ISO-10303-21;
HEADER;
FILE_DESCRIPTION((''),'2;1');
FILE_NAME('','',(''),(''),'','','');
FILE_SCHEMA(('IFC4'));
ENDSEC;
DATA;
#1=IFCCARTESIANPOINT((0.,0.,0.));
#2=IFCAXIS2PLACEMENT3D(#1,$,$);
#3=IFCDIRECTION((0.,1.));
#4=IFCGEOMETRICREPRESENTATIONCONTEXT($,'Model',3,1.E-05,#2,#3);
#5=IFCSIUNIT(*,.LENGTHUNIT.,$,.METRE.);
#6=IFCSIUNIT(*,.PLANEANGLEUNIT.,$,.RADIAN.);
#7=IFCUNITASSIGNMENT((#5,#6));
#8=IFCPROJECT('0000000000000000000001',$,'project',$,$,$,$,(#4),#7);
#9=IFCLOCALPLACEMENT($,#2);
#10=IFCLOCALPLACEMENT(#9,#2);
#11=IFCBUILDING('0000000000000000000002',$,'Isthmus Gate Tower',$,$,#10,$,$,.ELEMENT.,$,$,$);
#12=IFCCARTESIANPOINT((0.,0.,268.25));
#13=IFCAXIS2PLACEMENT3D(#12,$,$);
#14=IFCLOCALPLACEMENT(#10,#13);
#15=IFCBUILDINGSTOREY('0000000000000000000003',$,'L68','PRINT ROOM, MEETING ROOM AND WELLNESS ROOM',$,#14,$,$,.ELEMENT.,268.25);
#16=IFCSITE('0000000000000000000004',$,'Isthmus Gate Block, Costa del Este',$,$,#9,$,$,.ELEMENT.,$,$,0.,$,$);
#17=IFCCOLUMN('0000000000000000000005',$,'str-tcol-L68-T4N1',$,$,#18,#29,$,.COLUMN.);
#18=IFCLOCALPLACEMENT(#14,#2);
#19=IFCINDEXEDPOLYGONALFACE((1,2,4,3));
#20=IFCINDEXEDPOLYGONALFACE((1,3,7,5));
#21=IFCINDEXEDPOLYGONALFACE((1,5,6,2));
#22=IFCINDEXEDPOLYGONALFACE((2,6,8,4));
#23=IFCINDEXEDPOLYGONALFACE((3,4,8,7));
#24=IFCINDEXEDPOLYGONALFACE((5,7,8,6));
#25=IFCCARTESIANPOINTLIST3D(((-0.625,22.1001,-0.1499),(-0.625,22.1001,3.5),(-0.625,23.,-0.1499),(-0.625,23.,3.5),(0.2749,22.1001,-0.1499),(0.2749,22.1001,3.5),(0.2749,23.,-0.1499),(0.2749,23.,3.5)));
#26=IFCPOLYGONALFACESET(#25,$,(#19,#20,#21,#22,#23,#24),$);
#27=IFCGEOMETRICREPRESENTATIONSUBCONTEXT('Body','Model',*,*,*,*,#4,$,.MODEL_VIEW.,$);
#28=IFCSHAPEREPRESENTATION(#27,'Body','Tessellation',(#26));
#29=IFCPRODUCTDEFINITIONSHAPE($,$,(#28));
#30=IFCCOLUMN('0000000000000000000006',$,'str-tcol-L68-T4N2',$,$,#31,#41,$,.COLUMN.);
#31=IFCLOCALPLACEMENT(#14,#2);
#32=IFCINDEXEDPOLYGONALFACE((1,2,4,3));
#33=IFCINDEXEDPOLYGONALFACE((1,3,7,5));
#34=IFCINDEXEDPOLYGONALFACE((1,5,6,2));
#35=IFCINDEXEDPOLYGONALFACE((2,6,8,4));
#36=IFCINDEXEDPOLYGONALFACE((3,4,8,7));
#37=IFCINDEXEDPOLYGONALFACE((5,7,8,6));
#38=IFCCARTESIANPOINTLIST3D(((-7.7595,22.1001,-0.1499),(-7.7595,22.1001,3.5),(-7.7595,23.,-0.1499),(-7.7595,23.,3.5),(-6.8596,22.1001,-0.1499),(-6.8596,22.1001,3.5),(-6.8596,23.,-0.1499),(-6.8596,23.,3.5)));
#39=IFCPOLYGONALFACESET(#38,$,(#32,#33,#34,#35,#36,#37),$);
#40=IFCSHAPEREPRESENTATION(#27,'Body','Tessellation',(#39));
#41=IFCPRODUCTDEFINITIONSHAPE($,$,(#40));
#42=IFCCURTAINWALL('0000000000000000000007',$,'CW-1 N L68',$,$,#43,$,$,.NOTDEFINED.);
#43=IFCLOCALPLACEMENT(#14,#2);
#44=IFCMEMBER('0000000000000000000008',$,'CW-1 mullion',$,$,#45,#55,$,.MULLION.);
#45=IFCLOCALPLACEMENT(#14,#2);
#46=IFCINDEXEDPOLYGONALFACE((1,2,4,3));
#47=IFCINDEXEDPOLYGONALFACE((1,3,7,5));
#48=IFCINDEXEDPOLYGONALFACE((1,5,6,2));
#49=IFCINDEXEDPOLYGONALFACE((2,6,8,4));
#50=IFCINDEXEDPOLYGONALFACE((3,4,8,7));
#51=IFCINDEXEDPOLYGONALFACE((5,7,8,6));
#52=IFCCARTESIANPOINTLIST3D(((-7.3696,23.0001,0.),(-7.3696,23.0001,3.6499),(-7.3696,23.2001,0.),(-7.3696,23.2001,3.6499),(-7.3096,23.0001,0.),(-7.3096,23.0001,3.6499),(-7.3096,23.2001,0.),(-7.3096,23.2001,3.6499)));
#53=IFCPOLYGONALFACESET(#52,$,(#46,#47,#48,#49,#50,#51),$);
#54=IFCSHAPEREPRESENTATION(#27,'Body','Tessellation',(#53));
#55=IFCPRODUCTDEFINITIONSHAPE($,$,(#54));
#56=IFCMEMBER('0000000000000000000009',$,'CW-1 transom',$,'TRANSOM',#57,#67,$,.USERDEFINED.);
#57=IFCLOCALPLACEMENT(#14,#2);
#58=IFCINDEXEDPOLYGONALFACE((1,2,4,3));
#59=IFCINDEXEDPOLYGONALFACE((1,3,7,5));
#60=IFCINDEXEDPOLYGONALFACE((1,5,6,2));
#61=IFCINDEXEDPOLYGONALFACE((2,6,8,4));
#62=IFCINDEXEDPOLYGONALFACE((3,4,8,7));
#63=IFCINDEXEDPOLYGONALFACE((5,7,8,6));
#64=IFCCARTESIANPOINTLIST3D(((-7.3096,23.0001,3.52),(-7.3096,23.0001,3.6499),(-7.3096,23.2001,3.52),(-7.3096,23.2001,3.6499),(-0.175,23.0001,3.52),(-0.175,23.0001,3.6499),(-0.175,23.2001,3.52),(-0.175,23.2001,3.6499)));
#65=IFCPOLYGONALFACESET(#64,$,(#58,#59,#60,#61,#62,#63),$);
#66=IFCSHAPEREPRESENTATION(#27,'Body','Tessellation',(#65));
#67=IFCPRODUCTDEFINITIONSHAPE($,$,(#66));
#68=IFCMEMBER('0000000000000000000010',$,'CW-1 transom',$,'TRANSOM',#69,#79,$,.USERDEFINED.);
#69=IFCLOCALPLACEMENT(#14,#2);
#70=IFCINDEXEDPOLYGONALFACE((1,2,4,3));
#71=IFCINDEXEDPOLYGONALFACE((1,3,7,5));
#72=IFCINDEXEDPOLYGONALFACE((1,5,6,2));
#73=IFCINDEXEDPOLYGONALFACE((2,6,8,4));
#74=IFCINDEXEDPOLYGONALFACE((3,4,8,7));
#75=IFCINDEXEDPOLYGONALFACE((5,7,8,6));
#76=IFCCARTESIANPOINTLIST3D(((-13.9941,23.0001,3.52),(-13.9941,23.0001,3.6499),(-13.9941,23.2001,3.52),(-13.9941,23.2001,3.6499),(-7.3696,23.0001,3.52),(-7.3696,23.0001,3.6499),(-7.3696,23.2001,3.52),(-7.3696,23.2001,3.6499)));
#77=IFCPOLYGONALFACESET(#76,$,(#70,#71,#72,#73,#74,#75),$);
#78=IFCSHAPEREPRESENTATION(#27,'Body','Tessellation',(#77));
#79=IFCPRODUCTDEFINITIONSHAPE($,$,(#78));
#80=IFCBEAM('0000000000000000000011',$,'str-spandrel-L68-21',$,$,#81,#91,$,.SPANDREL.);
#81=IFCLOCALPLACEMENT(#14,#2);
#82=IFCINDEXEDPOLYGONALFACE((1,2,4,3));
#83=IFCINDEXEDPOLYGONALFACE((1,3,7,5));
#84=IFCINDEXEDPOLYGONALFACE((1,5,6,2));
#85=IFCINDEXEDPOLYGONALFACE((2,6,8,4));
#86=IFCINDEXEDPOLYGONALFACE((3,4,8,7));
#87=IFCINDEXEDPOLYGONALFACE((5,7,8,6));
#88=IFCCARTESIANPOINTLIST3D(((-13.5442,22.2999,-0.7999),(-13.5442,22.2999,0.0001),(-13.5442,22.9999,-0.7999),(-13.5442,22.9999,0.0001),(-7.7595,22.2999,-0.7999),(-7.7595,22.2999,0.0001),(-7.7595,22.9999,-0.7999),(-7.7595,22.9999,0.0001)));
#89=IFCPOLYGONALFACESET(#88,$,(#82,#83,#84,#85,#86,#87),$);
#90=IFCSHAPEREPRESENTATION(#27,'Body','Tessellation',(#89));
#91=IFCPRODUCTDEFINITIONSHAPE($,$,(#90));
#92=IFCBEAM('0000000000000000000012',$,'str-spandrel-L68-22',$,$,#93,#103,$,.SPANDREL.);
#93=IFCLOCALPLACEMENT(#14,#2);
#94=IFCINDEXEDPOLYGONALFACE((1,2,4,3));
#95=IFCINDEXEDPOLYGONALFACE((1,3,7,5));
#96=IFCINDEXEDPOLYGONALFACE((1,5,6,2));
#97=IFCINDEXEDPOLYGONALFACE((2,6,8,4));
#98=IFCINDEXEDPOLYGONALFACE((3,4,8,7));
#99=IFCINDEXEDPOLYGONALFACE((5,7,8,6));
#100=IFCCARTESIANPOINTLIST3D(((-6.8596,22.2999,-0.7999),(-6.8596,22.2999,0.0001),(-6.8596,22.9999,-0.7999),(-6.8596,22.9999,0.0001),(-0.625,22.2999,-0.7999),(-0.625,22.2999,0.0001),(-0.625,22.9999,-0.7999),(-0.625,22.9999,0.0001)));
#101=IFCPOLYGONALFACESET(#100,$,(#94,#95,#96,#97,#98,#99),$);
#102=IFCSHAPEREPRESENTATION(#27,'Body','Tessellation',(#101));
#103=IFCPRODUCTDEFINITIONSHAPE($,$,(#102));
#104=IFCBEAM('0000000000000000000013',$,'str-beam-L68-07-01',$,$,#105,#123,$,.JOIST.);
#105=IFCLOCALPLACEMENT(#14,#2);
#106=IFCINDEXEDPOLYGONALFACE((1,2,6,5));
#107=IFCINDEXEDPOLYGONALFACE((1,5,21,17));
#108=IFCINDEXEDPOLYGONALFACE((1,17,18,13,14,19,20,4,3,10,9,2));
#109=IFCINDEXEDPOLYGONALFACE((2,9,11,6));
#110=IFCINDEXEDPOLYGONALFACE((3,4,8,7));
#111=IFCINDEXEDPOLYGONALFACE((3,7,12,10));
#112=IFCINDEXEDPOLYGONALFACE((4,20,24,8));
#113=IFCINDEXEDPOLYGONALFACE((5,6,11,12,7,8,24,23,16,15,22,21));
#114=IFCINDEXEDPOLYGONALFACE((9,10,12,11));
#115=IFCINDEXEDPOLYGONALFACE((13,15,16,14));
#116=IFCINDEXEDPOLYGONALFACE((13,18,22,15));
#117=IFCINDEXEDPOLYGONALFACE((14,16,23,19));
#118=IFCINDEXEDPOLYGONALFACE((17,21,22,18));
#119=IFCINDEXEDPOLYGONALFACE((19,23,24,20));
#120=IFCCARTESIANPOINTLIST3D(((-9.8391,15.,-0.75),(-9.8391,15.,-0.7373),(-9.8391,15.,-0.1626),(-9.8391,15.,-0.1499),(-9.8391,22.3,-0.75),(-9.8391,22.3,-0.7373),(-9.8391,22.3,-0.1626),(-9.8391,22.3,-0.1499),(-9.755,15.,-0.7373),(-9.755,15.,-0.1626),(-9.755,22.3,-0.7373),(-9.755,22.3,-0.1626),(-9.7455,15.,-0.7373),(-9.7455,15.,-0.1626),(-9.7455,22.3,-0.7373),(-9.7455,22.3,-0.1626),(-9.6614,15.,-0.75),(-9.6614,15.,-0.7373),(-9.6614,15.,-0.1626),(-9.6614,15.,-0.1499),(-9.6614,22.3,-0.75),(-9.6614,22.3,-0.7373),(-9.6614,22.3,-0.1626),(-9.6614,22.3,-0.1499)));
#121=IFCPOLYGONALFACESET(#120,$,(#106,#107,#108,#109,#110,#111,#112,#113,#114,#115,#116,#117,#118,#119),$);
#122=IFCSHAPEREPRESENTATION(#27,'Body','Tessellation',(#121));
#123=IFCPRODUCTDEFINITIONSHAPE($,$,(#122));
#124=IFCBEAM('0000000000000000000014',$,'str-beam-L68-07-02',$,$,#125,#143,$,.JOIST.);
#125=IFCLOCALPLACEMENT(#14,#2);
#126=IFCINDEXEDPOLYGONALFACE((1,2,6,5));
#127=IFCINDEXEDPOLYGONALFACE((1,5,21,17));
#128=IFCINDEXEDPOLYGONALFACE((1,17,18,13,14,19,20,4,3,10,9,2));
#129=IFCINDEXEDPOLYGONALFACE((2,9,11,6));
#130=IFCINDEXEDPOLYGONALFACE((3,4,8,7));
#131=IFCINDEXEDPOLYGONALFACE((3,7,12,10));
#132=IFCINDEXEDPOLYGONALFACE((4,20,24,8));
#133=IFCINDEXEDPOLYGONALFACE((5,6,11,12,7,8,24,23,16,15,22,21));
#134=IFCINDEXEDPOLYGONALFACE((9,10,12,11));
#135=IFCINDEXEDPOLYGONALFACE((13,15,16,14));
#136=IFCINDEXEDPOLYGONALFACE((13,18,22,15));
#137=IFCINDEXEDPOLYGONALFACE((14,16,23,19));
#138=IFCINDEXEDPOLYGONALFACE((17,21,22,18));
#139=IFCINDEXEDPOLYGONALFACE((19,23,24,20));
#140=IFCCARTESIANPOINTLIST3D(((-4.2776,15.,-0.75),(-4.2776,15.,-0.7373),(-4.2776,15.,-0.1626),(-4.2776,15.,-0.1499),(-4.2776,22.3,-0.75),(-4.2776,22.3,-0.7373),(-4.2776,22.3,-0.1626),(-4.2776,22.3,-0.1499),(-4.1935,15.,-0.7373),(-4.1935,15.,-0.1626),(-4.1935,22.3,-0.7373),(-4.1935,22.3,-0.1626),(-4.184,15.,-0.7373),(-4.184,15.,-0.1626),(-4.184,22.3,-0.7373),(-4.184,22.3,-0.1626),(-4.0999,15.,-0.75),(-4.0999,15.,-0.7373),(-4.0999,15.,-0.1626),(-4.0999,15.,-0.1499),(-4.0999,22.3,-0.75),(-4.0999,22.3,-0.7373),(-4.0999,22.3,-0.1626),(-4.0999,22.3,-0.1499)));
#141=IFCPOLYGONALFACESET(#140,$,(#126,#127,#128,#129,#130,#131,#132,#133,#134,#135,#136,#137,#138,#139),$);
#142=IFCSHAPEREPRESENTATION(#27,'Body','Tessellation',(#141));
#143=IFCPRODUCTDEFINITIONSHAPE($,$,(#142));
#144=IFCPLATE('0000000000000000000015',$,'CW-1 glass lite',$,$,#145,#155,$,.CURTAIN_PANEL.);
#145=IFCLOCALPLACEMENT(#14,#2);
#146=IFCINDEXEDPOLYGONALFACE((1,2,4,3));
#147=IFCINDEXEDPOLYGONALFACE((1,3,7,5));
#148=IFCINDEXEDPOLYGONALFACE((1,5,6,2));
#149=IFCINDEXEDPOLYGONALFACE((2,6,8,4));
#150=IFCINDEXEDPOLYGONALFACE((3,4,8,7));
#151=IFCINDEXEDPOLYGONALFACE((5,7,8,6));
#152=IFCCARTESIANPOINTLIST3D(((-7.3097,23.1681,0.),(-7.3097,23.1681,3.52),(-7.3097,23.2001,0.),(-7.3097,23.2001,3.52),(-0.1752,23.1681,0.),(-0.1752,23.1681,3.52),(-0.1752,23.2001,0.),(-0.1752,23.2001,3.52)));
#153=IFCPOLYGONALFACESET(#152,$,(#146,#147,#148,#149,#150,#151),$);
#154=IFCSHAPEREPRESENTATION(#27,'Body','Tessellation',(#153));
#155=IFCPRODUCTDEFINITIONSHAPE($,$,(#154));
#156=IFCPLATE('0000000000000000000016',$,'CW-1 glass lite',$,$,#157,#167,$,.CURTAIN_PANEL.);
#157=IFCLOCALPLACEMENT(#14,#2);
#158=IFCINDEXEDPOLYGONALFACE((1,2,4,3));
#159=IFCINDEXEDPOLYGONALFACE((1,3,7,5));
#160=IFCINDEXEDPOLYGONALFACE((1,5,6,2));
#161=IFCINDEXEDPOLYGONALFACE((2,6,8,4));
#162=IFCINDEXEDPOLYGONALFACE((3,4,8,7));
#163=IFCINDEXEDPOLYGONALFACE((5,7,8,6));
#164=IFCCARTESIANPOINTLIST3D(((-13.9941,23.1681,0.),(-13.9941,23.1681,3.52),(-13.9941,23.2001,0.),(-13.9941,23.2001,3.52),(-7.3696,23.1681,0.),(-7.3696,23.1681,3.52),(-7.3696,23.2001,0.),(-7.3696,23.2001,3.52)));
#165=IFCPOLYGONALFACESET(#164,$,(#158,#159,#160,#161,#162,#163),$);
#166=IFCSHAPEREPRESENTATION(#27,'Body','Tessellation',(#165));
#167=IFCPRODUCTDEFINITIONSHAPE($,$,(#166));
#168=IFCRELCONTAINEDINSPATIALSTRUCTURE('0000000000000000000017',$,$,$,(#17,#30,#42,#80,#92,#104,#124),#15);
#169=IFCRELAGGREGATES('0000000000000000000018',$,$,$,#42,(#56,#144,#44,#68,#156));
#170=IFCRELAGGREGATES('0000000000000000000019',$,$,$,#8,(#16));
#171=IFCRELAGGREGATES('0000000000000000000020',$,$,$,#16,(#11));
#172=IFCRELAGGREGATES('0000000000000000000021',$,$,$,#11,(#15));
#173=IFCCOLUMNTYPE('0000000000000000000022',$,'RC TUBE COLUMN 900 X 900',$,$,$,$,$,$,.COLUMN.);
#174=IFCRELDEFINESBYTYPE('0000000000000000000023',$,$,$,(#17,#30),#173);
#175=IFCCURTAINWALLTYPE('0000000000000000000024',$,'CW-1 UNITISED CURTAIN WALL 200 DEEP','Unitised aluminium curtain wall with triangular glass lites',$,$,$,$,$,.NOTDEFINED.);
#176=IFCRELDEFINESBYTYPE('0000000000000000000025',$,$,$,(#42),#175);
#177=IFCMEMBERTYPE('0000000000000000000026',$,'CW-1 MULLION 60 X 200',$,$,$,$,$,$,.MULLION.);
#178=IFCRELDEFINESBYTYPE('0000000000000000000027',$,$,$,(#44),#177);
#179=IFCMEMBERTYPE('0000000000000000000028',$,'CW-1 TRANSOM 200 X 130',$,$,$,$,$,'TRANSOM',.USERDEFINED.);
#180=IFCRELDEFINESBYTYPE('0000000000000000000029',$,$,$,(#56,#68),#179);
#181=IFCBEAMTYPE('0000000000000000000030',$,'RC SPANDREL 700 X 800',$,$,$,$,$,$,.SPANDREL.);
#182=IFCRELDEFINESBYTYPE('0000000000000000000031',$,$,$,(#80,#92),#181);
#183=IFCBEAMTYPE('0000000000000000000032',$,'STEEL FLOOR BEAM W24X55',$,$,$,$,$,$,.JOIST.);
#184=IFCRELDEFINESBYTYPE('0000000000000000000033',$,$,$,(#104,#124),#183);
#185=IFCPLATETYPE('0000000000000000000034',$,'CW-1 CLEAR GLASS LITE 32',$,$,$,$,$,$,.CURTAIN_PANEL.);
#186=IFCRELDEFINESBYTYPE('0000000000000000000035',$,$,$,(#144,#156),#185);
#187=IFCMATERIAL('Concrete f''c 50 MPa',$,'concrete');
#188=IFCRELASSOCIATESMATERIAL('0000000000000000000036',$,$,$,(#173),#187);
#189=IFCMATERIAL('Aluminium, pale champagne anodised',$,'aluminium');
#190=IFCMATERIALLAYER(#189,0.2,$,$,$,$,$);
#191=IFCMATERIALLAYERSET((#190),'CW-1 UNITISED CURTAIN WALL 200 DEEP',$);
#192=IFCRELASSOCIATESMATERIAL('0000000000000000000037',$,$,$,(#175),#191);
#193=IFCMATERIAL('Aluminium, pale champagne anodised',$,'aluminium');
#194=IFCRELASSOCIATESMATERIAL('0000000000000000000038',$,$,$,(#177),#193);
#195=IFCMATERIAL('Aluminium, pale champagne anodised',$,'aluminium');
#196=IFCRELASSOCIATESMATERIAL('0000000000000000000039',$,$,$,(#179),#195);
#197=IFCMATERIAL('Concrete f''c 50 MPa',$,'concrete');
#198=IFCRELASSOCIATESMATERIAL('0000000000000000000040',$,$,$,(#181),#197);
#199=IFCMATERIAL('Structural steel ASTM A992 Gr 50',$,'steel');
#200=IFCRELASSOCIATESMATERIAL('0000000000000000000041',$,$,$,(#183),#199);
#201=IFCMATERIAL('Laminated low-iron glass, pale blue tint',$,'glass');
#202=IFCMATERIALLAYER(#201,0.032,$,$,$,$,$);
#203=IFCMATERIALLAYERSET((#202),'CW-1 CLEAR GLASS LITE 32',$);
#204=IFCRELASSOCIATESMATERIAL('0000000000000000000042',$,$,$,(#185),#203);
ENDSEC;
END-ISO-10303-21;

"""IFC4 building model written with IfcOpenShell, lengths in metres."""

from ifc_helpers import new_model, si_unit, direction, frame, origin, origin_2d, place, context, subcontext, project, spatial, rectangle, i_section, extrude, material, layer, layer_set, material_profile, profile_set, type_object, element, aggregate, save


model = new_model("IFC4")

# Units and contexts
model_context = context("Model", 3, precision=1e-05, world=origin(), true_north=direction((0.0, 1.0)))
body_context = subcontext(model_context, "Body", "Model", "MODEL_VIEW")
ifc_project = project(units=[si_unit("LENGTHUNIT", "METRE"), si_unit("PLANEANGLEUNIT", "RADIAN")], contexts=[model_context])

# Site, building, storey
site_placement = place(None, origin())
site = spatial("IfcSite", under=ifc_project, at=site_placement, Name="Isthmus Gate Block, Costa del Este", CompositionType="ELEMENT", RefElevation=0.0)
building_placement = place(site_placement, origin())
building = spatial("IfcBuilding", under=site, at=building_placement, Name="Isthmus Gate Tower", CompositionType="ELEMENT")
storey_placement = place(building_placement, frame((0.0, 0.0, 268.25)))
storey = spatial("IfcBuildingStorey", under=building, at=storey_placement, Name="L68", Description="PRINT ROOM, MEETING ROOM AND WELLNESS ROOM", CompositionType="ELEMENT", Elevation=268.25)

# Columns
ifc_material_1 = material(Name="Concrete f'c 50 MPa", Category="concrete")
ifc_material_profile_1 = material_profile(ifc_material_1, rectangle(XDim=0.8999, YDim=0.8999, at=origin_2d()), Name="RC 900X900")
ifc_profile_set_1 = profile_set([ifc_material_profile_1], Name="Concrete f'c 50 MPa")
column_type = type_object("IfcColumnType", Name="RC TUBE COLUMN 900 X 900", PredefinedType="COLUMN", material=ifc_profile_set_1)
for number, where, z_axis, x_axis, name in (
    (1, (-0.175, 22.55, -0.1499), (0.0, 0.0, 1.0), (-1.0, 0.0, 0.0), "str-tcol-L68-T4N1"),
    (2, (-7.3096, 22.55, -0.1499), (0.0, 0.0, 1.0), (-1.0, 0.0, 0.0), "str-tcol-L68-T4N2"),
):
    element("IfcColumn", number, at=place(storey_placement, frame(where, z_axis=z_axis, x_axis=x_axis)), inside=storey, type_object=column_type, Name=name, PredefinedType="COLUMN", context=body_context, shape_type="SweptSolid", body=[
        extrude(rectangle(XDim=0.8999, YDim=0.8999, at=origin_2d()), origin(), (0.0, 0.0, 1.0), 3.6499),
    ])

# Curtain wall, members
ifc_material_2 = material(Name="Aluminium, pale champagne anodised", Category="aluminium")
ifc_layer_1 = layer(ifc_material_2, 0.2)
ifc_layer_set_1 = layer_set([ifc_layer_1], Name="CW-1 UNITISED CURTAIN WALL 200 DEEP")
curtain_wall_type = type_object("IfcCurtainWallType", Name="CW-1 UNITISED CURTAIN WALL 200 DEEP", Description="Unitised aluminium curtain wall with triangular glass lites", PredefinedType="NOTDEFINED", material=ifc_layer_set_1)
curtain_wall_placement = place(storey_placement, origin())
curtain_wall = element("IfcCurtainWall", 3, at=curtain_wall_placement, inside=storey, type_object=curtain_wall_type, Name="CW-1 N L68", PredefinedType="NOTDEFINED")
ifc_material_3 = material(Name="Aluminium, pale champagne anodised", Category="aluminium")
ifc_material_profile_2 = material_profile(ifc_material_3, rectangle(XDim=0.0601, YDim=0.2, at=origin_2d()), Name="60x200")
ifc_profile_set_2 = profile_set([ifc_material_profile_2], Name="Aluminium, pale champagne anodised")
member_type_1 = type_object("IfcMemberType", Name="CW-1 MULLION 60 X 200", PredefinedType="MULLION", material=ifc_profile_set_2)
member_1_placement = place(storey_placement, frame((-7.3396, 23.1001, 0.0), z_axis=(0.0, 0.0, 1.0), x_axis=(-1.0, 0.0, 0.0)))
member_1 = element("IfcMember", 4, at=member_1_placement, type_object=member_type_1, Name="CW-1 mullion", PredefinedType="MULLION", context=body_context, shape_type="SweptSolid", body=[
    extrude(rectangle(XDim=0.0601, YDim=0.2, at=origin_2d()), origin(), (0.0, 0.0, 1.0), 3.6499),
])
ifc_material_4 = material(Name="Aluminium, pale champagne anodised", Category="aluminium")
ifc_material_profile_3 = material_profile(ifc_material_4, rectangle(XDim=0.2, YDim=0.1299, at=origin_2d()), Name="200x130")
ifc_profile_set_3 = profile_set([ifc_material_profile_3], Name="Aluminium, pale champagne anodised")
member_type_2 = type_object("IfcMemberType", Name="CW-1 TRANSOM 200 X 130", ElementType="TRANSOM", PredefinedType="USERDEFINED", material=ifc_profile_set_3)
member_2_placement = place(storey_placement, frame((-0.175, 23.1001, 3.585), z_axis=(-1.0, 0.0, 0.0), x_axis=(0.0, -1.0, 0.0)))
member_2 = element("IfcMember", 5, at=member_2_placement, type_object=member_type_2, Name="CW-1 transom", ObjectType="TRANSOM", PredefinedType="USERDEFINED", context=body_context, shape_type="SweptSolid", body=[
    extrude(rectangle(XDim=0.2, YDim=0.1299, at=origin_2d()), origin(), (0.0, 0.0, 1.0), 7.1345),
])
member_3_placement = place(storey_placement, frame((-7.3696, 23.1001, 3.585), z_axis=(-1.0, 0.0, 0.0), x_axis=(0.0, -1.0, 0.0)))
member_3 = element("IfcMember", 6, at=member_3_placement, type_object=member_type_2, Name="CW-1 transom", ObjectType="TRANSOM", PredefinedType="USERDEFINED", context=body_context, shape_type="SweptSolid", body=[
    extrude(rectangle(XDim=0.2, YDim=0.1299, at=origin_2d()), origin(), (0.0, 0.0, 1.0), 6.6245),
])

# Beams
ifc_material_5 = material(Name="Concrete f'c 50 MPa", Category="concrete")
ifc_material_profile_4 = material_profile(ifc_material_5, rectangle(XDim=0.7, YDim=0.8, at=origin_2d()), Name="RC 700X800")
ifc_profile_set_4 = profile_set([ifc_material_profile_4], Name="Concrete f'c 50 MPa")
beam_type_1 = type_object("IfcBeamType", Name="RC SPANDREL 700 X 800", PredefinedType="SPANDREL", material=ifc_profile_set_4)
beam_1_placement = place(storey_placement, frame((-13.5442, 22.6499, -0.3999), z_axis=(1.0, 0.0, 0.0), x_axis=(0.0, 1.0, 0.0)))
element("IfcBeam", 7, at=beam_1_placement, inside=storey, type_object=beam_type_1, Name="str-spandrel-L68-21", PredefinedType="SPANDREL", context=body_context, shape_type="SweptSolid", body=[
    extrude(rectangle(XDim=0.7, YDim=0.8, at=origin_2d()), origin(), (0.0, 0.0, 1.0), 5.7847),
])
beam_2_placement = place(storey_placement, frame((-6.8596, 22.6499, -0.3999), z_axis=(1.0, 0.0, 0.0), x_axis=(0.0, 1.0, 0.0)))
element("IfcBeam", 8, at=beam_2_placement, inside=storey, type_object=beam_type_1, Name="str-spandrel-L68-22", PredefinedType="SPANDREL", context=body_context, shape_type="SweptSolid", body=[
    extrude(rectangle(XDim=0.7, YDim=0.8, at=origin_2d()), origin(), (0.0, 0.0, 1.0), 6.2346),
])
ifc_material_6 = material(Name="Structural steel ASTM A992 Gr 50", Category="steel")
ifc_material_profile_5 = material_profile(ifc_material_6, i_section(OverallWidth=0.1777, OverallDepth=0.6001, WebThickness=0.0095, FlangeThickness=0.0127, at=origin_2d()), Name="W24X55")
ifc_profile_set_5 = profile_set([ifc_material_profile_5], Name="Structural steel ASTM A992 Gr 50")
beam_type_2 = type_object("IfcBeamType", Name="STEEL FLOOR BEAM W24X55", PredefinedType="JOIST", material=ifc_profile_set_5)
for number, where, z_axis, x_axis, name in (
    (9, (-9.7502, 15.0, -0.45), (0.0, 1.0, 0.0), (-1.0, 0.0, 0.0), "str-beam-L68-07-01"),
    (10, (-4.1887, 15.0, -0.45), (0.0, 1.0, 0.0), (-1.0, 0.0, 0.0), "str-beam-L68-07-02"),
):
    element("IfcBeam", number, at=place(storey_placement, frame(where, z_axis=z_axis, x_axis=x_axis)), inside=storey, type_object=beam_type_2, Name=name, PredefinedType="JOIST", context=body_context, shape_type="SweptSolid", body=[
        extrude(i_section(OverallWidth=0.1777, OverallDepth=0.6001, WebThickness=0.0095, FlangeThickness=0.0127, at=origin_2d()), origin(), (0.0, 0.0, 1.0), 7.3),
    ])

# Plates
ifc_material_7 = material(Name="Laminated low-iron glass, pale blue tint", Category="glass")
ifc_layer_2 = layer(ifc_material_7, 0.032)
ifc_layer_set_2 = layer_set([ifc_layer_2], Name="CW-1 CLEAR GLASS LITE 32")
plate_type = type_object("IfcPlateType", Name="CW-1 CLEAR GLASS LITE 32", PredefinedType="CURTAIN_PANEL", material=ifc_layer_set_2)
plate_1_placement = place(storey_placement, frame((-3.7424, 23.1841, 0.0), z_axis=(0.0, 0.0, 1.0), x_axis=(-1.0, 0.0, 0.0)))
plate_1 = element("IfcPlate", 11, at=plate_1_placement, type_object=plate_type, Name="CW-1 glass lite", PredefinedType="CURTAIN_PANEL", context=body_context, shape_type="SweptSolid", body=[
    extrude(rectangle(XDim=7.1345, YDim=0.032, at=origin_2d()), origin(), (0.0, 0.0, 1.0), 3.52),
])
plate_2_placement = place(storey_placement, frame((-10.6819, 23.1841, 0.0), z_axis=(0.0, 0.0, 1.0), x_axis=(-1.0, 0.0, 0.0)))
plate_2 = element("IfcPlate", 12, at=plate_2_placement, type_object=plate_type, Name="CW-1 glass lite", PredefinedType="CURTAIN_PANEL", context=body_context, shape_type="SweptSolid", body=[
    extrude(rectangle(XDim=6.6245, YDim=0.032, at=origin_2d()), origin(), (0.0, 0.0, 1.0), 3.52),
])
aggregate(curtain_wall, [member_2, plate_1, member_1, member_3, plate_2])

save(model, "model.ifc")
